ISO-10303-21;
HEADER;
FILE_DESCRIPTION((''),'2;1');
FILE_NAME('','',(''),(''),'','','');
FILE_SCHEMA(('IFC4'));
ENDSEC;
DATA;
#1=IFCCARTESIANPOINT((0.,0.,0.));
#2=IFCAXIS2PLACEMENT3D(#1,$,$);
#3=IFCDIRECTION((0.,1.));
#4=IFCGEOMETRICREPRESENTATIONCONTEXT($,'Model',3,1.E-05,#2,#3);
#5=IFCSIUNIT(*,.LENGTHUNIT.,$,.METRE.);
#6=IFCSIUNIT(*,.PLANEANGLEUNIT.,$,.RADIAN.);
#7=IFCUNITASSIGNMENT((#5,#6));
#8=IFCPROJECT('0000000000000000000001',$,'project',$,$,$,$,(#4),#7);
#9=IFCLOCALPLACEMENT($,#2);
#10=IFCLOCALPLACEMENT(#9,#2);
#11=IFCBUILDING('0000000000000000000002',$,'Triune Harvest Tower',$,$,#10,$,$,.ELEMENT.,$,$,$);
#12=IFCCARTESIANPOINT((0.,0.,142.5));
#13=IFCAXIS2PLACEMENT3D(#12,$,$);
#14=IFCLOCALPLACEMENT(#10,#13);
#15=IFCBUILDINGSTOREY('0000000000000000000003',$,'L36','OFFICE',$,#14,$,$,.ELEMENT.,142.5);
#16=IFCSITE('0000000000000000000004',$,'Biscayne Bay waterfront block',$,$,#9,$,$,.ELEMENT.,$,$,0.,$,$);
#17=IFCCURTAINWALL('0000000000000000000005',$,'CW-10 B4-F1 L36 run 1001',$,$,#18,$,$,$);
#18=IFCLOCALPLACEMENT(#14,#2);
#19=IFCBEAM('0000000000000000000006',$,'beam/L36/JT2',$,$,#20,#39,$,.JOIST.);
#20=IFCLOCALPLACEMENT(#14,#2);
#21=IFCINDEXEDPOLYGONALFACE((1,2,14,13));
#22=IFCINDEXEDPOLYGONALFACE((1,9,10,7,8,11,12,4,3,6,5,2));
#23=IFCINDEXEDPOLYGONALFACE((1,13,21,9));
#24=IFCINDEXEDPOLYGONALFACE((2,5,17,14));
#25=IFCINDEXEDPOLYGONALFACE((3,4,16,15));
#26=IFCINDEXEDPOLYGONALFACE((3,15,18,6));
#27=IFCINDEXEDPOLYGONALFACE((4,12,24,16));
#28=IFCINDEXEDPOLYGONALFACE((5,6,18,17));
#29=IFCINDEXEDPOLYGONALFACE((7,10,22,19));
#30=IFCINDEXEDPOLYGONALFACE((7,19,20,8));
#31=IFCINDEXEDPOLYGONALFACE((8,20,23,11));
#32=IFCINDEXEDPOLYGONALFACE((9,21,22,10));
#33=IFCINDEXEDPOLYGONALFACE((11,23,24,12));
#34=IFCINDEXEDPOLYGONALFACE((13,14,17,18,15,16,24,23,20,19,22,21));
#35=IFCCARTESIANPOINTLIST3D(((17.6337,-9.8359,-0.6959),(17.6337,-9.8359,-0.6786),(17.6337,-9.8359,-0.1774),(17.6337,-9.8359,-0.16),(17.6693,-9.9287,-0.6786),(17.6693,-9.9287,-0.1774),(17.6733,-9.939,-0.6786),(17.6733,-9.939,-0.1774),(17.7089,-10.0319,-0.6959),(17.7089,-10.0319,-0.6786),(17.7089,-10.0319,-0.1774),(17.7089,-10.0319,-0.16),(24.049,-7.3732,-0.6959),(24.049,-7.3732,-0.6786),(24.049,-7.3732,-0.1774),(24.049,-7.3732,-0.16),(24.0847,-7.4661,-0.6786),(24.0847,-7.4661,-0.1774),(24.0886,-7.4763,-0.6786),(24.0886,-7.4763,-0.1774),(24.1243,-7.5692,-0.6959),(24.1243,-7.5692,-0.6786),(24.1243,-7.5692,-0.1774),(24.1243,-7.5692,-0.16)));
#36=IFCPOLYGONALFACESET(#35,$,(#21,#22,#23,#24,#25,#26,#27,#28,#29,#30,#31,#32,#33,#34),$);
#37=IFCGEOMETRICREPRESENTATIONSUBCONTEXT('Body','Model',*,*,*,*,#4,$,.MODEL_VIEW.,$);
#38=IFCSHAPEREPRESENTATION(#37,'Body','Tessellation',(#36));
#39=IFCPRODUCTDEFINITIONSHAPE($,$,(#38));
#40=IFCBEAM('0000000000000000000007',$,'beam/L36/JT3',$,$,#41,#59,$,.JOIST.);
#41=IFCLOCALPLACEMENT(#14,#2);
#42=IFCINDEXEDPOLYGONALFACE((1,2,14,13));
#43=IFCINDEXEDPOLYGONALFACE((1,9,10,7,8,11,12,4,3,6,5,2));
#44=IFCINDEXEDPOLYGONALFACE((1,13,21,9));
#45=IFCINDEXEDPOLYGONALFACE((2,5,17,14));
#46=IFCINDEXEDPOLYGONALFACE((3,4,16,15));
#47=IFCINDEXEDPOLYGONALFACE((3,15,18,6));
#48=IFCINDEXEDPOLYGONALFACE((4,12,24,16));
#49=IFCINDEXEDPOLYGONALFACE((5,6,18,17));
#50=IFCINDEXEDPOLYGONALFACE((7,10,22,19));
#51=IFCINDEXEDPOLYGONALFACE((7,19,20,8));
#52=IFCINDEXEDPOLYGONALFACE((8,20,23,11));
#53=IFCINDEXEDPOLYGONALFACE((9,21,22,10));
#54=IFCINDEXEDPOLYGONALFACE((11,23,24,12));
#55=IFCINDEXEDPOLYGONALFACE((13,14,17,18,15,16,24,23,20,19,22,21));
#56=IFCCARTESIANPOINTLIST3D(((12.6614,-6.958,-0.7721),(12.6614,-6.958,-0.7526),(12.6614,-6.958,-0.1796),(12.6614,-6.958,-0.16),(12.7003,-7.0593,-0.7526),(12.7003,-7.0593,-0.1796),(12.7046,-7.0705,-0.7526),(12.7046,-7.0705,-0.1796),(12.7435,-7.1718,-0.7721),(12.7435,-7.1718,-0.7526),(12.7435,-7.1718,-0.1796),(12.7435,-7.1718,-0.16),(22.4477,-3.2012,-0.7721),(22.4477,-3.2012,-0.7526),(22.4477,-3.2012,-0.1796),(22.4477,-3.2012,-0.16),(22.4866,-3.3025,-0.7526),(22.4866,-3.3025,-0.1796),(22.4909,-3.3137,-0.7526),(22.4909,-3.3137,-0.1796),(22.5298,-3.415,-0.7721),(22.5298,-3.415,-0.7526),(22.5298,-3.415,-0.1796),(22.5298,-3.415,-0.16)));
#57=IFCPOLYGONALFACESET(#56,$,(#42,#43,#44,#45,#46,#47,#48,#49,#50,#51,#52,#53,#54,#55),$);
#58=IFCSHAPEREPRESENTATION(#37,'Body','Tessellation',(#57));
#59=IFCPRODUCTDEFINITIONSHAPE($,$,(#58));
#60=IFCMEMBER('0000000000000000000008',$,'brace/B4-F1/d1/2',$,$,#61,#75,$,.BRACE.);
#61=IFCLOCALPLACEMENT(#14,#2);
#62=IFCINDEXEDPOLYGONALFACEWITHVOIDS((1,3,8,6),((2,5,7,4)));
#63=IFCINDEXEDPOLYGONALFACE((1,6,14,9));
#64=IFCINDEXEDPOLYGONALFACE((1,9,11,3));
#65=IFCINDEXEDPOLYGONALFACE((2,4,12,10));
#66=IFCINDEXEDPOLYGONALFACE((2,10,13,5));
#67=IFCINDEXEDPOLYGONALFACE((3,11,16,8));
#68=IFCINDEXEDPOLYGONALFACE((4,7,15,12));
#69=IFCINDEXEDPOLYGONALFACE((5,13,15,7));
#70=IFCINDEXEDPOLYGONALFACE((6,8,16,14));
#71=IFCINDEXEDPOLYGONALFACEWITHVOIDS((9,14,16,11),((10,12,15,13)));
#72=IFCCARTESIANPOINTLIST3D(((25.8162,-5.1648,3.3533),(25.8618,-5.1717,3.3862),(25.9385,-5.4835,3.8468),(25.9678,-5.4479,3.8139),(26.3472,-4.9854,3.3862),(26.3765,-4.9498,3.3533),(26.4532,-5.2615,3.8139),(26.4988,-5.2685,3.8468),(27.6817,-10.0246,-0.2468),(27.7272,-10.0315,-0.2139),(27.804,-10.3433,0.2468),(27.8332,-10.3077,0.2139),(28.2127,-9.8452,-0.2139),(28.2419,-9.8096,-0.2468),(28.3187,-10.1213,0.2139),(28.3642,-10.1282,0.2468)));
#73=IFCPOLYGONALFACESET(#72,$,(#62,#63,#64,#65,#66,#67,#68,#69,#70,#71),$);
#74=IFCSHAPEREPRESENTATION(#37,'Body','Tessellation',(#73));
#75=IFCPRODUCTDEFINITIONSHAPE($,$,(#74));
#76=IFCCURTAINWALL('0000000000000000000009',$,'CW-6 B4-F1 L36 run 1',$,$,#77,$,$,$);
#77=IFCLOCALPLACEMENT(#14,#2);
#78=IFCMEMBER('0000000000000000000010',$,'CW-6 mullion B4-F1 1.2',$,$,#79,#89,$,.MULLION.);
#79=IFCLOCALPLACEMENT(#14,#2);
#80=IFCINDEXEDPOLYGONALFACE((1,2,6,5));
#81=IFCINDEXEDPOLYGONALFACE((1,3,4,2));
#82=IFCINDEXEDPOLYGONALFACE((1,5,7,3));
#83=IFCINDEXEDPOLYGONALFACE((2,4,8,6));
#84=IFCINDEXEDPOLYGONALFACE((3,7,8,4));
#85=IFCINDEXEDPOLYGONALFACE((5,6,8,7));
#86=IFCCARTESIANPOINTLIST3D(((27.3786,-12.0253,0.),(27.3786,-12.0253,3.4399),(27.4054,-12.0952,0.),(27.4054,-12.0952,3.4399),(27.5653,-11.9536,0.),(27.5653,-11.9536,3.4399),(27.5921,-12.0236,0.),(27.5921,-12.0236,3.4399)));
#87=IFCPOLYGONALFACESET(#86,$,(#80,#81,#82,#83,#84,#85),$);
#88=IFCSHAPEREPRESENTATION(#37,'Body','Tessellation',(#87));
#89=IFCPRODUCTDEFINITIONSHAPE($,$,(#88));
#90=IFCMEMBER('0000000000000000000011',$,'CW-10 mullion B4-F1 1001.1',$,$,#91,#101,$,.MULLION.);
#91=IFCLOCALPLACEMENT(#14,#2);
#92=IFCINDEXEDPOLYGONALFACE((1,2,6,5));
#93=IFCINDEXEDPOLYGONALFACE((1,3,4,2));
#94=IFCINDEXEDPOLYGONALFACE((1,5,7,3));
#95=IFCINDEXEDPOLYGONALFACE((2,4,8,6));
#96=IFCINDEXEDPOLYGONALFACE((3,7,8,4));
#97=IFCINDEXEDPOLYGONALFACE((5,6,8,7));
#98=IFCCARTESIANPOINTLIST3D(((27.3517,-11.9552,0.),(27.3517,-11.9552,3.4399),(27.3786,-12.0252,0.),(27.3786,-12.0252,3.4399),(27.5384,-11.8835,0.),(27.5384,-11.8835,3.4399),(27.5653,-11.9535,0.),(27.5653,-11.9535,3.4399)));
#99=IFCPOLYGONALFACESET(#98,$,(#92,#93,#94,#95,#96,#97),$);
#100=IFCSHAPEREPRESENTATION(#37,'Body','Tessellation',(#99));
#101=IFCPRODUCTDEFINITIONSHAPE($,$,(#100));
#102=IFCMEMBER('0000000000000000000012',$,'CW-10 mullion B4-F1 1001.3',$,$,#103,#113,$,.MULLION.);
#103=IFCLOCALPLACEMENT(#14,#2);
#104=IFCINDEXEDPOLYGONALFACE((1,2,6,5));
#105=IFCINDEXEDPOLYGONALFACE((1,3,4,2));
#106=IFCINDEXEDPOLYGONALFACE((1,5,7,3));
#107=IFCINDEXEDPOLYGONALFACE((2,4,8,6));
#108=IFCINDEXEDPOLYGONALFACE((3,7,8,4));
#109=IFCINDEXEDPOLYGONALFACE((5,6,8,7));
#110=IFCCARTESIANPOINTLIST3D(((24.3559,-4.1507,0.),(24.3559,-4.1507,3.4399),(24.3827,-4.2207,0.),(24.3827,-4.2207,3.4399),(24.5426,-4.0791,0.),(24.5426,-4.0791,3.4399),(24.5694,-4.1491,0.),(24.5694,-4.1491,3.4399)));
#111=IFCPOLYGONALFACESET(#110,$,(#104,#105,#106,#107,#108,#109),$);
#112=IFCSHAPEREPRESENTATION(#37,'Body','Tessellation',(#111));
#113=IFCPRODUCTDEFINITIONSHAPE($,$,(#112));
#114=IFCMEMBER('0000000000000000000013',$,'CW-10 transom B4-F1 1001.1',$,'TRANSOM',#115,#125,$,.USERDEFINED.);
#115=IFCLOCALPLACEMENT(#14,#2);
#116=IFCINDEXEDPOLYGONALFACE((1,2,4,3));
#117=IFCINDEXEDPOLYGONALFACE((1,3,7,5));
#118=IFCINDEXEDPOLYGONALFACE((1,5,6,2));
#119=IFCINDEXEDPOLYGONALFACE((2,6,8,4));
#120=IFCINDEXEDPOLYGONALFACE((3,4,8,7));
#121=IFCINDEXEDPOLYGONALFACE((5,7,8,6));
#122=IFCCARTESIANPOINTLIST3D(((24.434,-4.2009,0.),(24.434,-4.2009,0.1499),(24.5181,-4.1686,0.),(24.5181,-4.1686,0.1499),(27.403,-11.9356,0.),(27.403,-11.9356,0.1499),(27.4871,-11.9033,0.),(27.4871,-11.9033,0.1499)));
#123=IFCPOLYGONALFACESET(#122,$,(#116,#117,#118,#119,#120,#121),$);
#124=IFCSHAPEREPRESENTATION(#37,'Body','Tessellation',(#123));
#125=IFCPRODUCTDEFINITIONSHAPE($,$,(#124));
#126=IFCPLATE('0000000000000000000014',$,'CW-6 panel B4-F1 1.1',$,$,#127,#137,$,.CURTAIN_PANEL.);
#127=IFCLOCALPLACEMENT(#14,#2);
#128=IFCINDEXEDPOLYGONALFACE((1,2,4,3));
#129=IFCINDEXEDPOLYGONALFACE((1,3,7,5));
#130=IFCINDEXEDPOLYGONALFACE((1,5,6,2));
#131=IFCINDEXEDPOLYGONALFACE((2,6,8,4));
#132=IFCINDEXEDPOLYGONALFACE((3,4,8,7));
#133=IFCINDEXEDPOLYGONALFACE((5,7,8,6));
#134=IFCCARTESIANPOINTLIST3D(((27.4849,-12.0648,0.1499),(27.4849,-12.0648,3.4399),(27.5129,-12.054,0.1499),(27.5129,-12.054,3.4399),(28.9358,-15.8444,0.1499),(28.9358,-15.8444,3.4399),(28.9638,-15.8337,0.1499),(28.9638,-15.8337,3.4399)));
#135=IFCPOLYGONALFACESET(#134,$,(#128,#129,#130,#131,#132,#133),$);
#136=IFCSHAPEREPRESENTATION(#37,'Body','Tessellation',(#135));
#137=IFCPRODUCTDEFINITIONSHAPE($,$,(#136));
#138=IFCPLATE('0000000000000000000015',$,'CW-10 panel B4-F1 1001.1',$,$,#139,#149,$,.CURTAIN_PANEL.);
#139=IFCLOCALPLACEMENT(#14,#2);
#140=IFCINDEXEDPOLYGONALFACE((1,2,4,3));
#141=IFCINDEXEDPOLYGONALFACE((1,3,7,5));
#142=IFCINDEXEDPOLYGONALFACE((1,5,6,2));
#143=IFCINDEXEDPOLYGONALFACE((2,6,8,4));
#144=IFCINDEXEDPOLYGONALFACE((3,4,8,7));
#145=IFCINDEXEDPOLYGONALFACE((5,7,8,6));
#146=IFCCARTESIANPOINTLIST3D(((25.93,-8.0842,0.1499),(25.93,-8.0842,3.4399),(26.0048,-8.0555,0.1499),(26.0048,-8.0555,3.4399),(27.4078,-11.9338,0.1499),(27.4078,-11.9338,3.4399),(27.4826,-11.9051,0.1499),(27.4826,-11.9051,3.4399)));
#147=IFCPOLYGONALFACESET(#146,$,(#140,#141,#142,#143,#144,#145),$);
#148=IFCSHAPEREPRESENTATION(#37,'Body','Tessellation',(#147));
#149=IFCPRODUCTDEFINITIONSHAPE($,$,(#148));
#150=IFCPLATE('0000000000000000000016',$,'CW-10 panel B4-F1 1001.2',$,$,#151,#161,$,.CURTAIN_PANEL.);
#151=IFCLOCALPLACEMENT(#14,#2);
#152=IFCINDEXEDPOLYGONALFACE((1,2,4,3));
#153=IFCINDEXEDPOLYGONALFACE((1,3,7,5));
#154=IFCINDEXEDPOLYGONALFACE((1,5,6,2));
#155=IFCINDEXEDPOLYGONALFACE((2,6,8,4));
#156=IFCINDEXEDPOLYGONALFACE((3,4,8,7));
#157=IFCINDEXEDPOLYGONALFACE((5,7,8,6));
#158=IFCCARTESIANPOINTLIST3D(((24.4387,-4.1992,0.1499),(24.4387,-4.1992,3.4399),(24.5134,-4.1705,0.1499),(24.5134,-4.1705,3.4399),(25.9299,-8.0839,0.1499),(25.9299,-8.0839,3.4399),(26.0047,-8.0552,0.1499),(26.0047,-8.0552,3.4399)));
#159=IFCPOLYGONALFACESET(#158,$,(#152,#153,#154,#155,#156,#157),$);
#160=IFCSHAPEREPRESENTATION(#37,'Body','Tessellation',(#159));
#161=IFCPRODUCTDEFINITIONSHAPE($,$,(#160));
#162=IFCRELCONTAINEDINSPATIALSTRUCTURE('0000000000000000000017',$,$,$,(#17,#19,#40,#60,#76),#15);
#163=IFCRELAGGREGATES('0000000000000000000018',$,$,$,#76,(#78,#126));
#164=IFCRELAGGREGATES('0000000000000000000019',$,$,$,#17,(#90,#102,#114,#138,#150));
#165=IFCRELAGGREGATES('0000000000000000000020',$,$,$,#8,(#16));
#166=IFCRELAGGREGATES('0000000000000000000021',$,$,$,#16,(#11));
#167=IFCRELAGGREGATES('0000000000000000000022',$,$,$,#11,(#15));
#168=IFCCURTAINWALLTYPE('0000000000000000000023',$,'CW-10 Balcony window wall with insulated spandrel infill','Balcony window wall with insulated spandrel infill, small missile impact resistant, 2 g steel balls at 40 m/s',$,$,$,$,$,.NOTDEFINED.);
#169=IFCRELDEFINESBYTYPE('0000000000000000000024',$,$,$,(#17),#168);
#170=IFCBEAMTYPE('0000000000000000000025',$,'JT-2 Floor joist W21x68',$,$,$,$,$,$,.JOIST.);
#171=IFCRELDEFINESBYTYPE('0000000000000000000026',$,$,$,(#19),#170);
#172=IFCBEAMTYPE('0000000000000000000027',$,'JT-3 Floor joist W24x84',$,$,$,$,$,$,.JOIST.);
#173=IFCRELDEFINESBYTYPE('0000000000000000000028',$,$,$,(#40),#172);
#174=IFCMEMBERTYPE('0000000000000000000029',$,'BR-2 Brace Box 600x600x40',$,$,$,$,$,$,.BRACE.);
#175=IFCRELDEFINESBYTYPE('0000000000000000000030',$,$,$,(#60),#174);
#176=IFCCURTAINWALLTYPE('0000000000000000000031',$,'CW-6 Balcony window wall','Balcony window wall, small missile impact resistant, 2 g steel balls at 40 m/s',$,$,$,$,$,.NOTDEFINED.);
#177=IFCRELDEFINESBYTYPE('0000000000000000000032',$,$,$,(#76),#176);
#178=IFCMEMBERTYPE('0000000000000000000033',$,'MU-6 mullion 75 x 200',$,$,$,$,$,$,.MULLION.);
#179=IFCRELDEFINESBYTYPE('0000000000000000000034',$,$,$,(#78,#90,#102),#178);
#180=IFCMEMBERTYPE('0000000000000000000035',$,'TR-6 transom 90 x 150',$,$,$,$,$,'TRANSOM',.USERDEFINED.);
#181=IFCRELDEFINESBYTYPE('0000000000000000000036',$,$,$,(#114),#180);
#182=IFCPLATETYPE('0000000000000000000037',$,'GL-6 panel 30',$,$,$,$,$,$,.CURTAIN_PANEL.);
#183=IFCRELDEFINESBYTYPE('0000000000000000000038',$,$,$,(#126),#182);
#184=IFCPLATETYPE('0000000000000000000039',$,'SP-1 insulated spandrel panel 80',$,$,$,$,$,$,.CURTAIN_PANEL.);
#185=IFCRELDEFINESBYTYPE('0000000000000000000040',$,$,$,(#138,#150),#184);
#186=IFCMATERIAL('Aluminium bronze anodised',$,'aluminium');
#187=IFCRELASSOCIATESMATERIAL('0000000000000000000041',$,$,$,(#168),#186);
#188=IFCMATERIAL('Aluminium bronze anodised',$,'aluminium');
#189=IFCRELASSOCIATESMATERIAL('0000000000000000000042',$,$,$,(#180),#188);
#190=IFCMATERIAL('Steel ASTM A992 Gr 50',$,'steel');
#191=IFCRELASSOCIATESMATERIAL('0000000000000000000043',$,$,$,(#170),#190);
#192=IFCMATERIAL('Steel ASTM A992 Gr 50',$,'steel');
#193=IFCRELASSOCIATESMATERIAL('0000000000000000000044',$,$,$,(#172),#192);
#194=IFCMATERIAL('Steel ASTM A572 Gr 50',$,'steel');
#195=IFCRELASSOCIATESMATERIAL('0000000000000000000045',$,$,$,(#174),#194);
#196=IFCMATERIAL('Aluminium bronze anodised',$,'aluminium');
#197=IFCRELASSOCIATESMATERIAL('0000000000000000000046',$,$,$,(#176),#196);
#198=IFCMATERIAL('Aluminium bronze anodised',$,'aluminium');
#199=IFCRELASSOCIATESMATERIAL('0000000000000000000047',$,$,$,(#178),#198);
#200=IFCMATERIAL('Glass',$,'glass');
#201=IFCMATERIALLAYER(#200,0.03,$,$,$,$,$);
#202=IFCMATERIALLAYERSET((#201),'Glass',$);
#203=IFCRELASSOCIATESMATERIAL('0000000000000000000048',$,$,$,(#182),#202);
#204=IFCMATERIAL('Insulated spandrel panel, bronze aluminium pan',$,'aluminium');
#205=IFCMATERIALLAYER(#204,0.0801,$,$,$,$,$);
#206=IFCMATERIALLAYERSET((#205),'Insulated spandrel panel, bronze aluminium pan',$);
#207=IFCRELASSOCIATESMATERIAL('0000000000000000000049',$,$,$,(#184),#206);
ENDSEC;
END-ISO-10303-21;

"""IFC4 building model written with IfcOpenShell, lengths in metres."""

from ifc_helpers import new_model, si_unit, direction, frame, origin, origin_2d, place, context, subcontext, project, spatial, rectangle, hollow_rectangle, i_section, extrude, source, transform, mapped, material, layer, layer_set, material_profile, profile_set, type_object, element, aggregate, save


model = new_model("IFC4")

# Units and contexts
model_context = context("Model", 3, precision=1e-05, world=origin(), true_north=direction((0.0, 1.0)))
body_context = subcontext(model_context, "Body", "Model", "MODEL_VIEW")
ifc_project = project(units=[si_unit("LENGTHUNIT", "METRE"), si_unit("PLANEANGLEUNIT", "RADIAN")], contexts=[model_context])

# Site, building, storey
site_placement = place(None, origin())
site = spatial("IfcSite", under=ifc_project, at=site_placement, Name="Biscayne Bay waterfront block", CompositionType="ELEMENT", RefElevation=0.0)
building_placement = place(site_placement, origin())
building = spatial("IfcBuilding", under=site, at=building_placement, Name="Triune Harvest Tower", CompositionType="ELEMENT")
storey_placement = place(building_placement, frame((0.0, 0.0, 142.5)))
storey = spatial("IfcBuildingStorey", under=building, at=storey_placement, Name="L36", Description="OFFICE", CompositionType="ELEMENT", Elevation=142.5)

# Curtain wall
ifc_material_1 = material(Name="Aluminium bronze anodised", Category="aluminium")
curtain_wall_type_1 = type_object("IfcCurtainWallType", Name="CW-10 Balcony window wall with insulated spandrel infill", Description="Balcony window wall with insulated spandrel infill, small missile impact resistant, 2 g steel balls at 40 m/s", PredefinedType="NOTDEFINED", material=ifc_material_1)
curtain_wall_1_placement = place(storey_placement, origin())
curtain_wall_1 = element("IfcCurtainWall", 1, at=curtain_wall_1_placement, inside=storey, type_object=curtain_wall_type_1, Name="CW-10 B4-F1 L36 run 1001")
ifc_material_2 = material(Name="Aluminium bronze anodised", Category="aluminium")
ifc_material_profile_1 = material_profile(ifc_material_2, rectangle(XDim=0.0901, YDim=0.1499, at=origin_2d()), Name="TR-6 transom 90 x 150")
ifc_profile_set_1 = profile_set([ifc_material_profile_1], Name="Aluminium bronze anodised")
member_type_1 = type_object("IfcMemberType", Name="TR-6 transom 90 x 150", ElementType="TRANSOM", PredefinedType="USERDEFINED", material=ifc_profile_set_1)

# Beams
ifc_material_3 = material(Name="Steel ASTM A992 Gr 50", Category="steel")
ifc_material_profile_2 = material_profile(ifc_material_3, i_section(OverallWidth=0.21, OverallDepth=0.5359, WebThickness=0.011, FlangeThickness=0.0173, at=origin_2d()), Name="W21x68")
ifc_profile_set_2 = profile_set([ifc_material_profile_2], Name="Steel ASTM A992 Gr 50")
beam_type_1 = type_object("IfcBeamType", Name="JT-2 Floor joist W21x68", PredefinedType="JOIST", material=ifc_profile_set_2)
shared_shape_1 = source(origin(), body_context, "Body", "SweptSolid", [
    extrude(i_section(OverallWidth=0.21, OverallDepth=0.5359, WebThickness=0.011, FlangeThickness=0.0173, at=origin_2d()), origin(), (0.0, 0.0, 1.0), 6.8718),
])
beam_1_placement = place(storey_placement, frame((24.0867, -7.4712, -0.428), z_axis=(-0.933578, -0.358374, 0.0), x_axis=(0.358374, -0.933578, 0.0)))
element("IfcBeam", 2, at=beam_1_placement, inside=storey, type_object=beam_type_1, Name="beam/L36/JT2", PredefinedType="JOIST", context=body_context, shape_type="MappedRepresentation", body=[
    mapped(shared_shape_1, transform((0.0, 0.0, 0.0), scale=1.0)),
])
ifc_material_4 = material(Name="Steel ASTM A992 Gr 50", Category="steel")
ifc_material_profile_3 = material_profile(ifc_material_4, i_section(OverallWidth=0.229, OverallDepth=0.6121, WebThickness=0.012, FlangeThickness=0.0195, at=origin_2d()), Name="W24x84")
ifc_profile_set_3 = profile_set([ifc_material_profile_3], Name="Steel ASTM A992 Gr 50")
beam_type_2 = type_object("IfcBeamType", Name="JT-3 Floor joist W24x84", PredefinedType="JOIST", material=ifc_profile_set_3)
shared_shape_2 = source(origin(), body_context, "Body", "SweptSolid", [
    extrude(i_section(OverallWidth=0.229, OverallDepth=0.6121, WebThickness=0.012, FlangeThickness=0.0195, at=origin_2d()), origin(), (0.0, 0.0, 1.0), 10.4827),
])
beam_2_placement = place(storey_placement, frame((22.4888, -3.3081, -0.4661), z_axis=(-0.933574, -0.358384, 0.0), x_axis=(0.358384, -0.933574, 0.0)))
element("IfcBeam", 3, at=beam_2_placement, inside=storey, type_object=beam_type_2, Name="beam/L36/JT3", PredefinedType="JOIST", context=body_context, shape_type="MappedRepresentation", body=[
    mapped(shared_shape_2, transform((0.0, 0.0, 0.0), scale=1.0)),
])

# Member
ifc_material_5 = material(Name="Steel ASTM A572 Gr 50", Category="steel")
ifc_material_profile_4 = material_profile(ifc_material_5, hollow_rectangle(XDim=0.6001, YDim=0.6001, WallThickness=0.04, at=origin_2d()), Name="Box 600x600x40")
ifc_profile_set_4 = profile_set([ifc_material_profile_4], Name="Steel ASTM A572 Gr 50")
member_type_2 = type_object("IfcMemberType", Name="BR-2 Brace Box 600x600x40", PredefinedType="BRACE", material=ifc_profile_set_4)
shared_shape_3 = source(origin(), body_context, "Body", "SweptSolid", [
    extrude(hollow_rectangle(XDim=0.6001, YDim=0.6001, WallThickness=0.04, at=origin_2d()), origin(), (0.0, 0.0, 1.0), 6.3291),
])
member_1_placement = place(storey_placement, frame((28.0229, -10.0764, 0.0), z_axis=(-0.294741, 0.767846, 0.568806), x_axis=(-0.933584, -0.35836, 0.0)))
element("IfcMember", 4, at=member_1_placement, inside=storey, type_object=member_type_2, Name="brace/B4-F1/d1/2", PredefinedType="BRACE", context=body_context, shape_type="MappedRepresentation", body=[
    mapped(shared_shape_3, transform((0.0, 0.0, 0.0), scale=1.0)),
])

# Curtain wall, member
ifc_material_6 = material(Name="Aluminium bronze anodised", Category="aluminium")
curtain_wall_type_2 = type_object("IfcCurtainWallType", Name="CW-6 Balcony window wall", Description="Balcony window wall, small missile impact resistant, 2 g steel balls at 40 m/s", PredefinedType="NOTDEFINED", material=ifc_material_6)
curtain_wall_2_placement = place(storey_placement, origin())
curtain_wall_2 = element("IfcCurtainWall", 5, at=curtain_wall_2_placement, inside=storey, type_object=curtain_wall_type_2, Name="CW-6 B4-F1 L36 run 1")
ifc_material_7 = material(Name="Aluminium bronze anodised", Category="aluminium")
ifc_material_profile_5 = material_profile(ifc_material_7, rectangle(XDim=0.2, YDim=0.075, at=origin_2d()), Name="MU-6 mullion 75 x 200")
ifc_profile_set_5 = profile_set([ifc_material_profile_5], Name="Aluminium bronze anodised")
member_type_3 = type_object("IfcMemberType", Name="MU-6 mullion 75 x 200", PredefinedType="MULLION", material=ifc_profile_set_5)
shared_shape_4 = source(origin(), body_context, "Body", "SweptSolid", [
    extrude(rectangle(XDim=0.2, YDim=0.075, at=origin_2d()), origin(), (0.0, 0.0, 1.0), 3.4399),
])
member_2_placement = place(storey_placement, frame((27.4854, -12.0244, 0.0), z_axis=(0.0, 0.0, 1.0), x_axis=(-0.933582, -0.358365, 0.0)))
member_2 = element("IfcMember", 6, at=member_2_placement, type_object=member_type_3, Name="CW-6 mullion B4-F1 1.2", PredefinedType="MULLION", context=body_context, shape_type="MappedRepresentation", body=[
    mapped(shared_shape_4, transform((0.0, 0.0, 0.0), scale=1.0)),
])

# Members
member_3_placement = place(storey_placement, frame((27.4585, -11.9543, 0.0), z_axis=(0.0, 0.0, 1.0), x_axis=(-0.933579, -0.358371, 0.0)))
member_3 = element("IfcMember", 7, at=member_3_placement, type_object=member_type_3, Name="CW-10 mullion B4-F1 1001.1", PredefinedType="MULLION", context=body_context, shape_type="MappedRepresentation", body=[
    mapped(shared_shape_4, transform((0.0, 0.0, 0.0), scale=1.0)),
])
member_4_placement = place(storey_placement, frame((24.4626, -4.1499, 0.0), z_axis=(0.0, 0.0, 1.0), x_axis=(-0.933579, -0.358371, 0.0)))
member_4 = element("IfcMember", 8, at=member_4_placement, type_object=member_type_3, Name="CW-10 mullion B4-F1 1001.3", PredefinedType="MULLION", context=body_context, shape_type="MappedRepresentation", body=[
    mapped(shared_shape_4, transform((0.0, 0.0, 0.0), scale=1.0)),
])
shared_shape_5 = source(origin(), body_context, "Body", "SweptSolid", [
    extrude(rectangle(XDim=0.0901, YDim=0.1499, at=origin_2d()), origin(), (0.0, 0.0, 1.0), 8.2849),
])
member_5_placement = place(storey_placement, frame((27.4451, -11.9194, 0.075), z_axis=(-0.358363, 0.933582, 0.0), x_axis=(-0.933582, -0.358363, 0.0)))
member_5 = element("IfcMember", 9, at=member_5_placement, type_object=member_type_1, Name="CW-10 transom B4-F1 1001.1", ObjectType="TRANSOM", PredefinedType="USERDEFINED", context=body_context, shape_type="MappedRepresentation", body=[
    mapped(shared_shape_5, transform((0.0, 0.0, 0.0), scale=1.0)),
])

# Plates
ifc_material_8 = material(Name="Glass", Category="glass")
ifc_layer_1 = layer(ifc_material_8, 0.03)
ifc_layer_set_1 = layer_set([ifc_layer_1], Name="Glass")
plate_type_1 = type_object("IfcPlateType", Name="GL-6 panel 30", PredefinedType="CURTAIN_PANEL", material=ifc_layer_set_1)
shared_shape_6 = source(origin(), body_context, "Body", "SweptSolid", [
    extrude(rectangle(XDim=4.0486, YDim=0.03, at=origin_2d()), origin(), (0.0, 0.0, 1.0), 3.29),
])
plate_1_placement = place(storey_placement, frame((28.2244, -13.9492, 0.1499), z_axis=(0.0, 0.0, 1.0), x_axis=(-0.358365, 0.933582, 0.0)))
plate_1 = element("IfcPlate", 10, at=plate_1_placement, type_object=plate_type_1, Name="CW-6 panel B4-F1 1.1", PredefinedType="CURTAIN_PANEL", context=body_context, shape_type="MappedRepresentation", body=[
    mapped(shared_shape_6, transform((0.0, 0.0, 0.0), scale=1.0)),
])
aggregate(curtain_wall_2, [member_2, plate_1])
ifc_material_9 = material(Name="Insulated spandrel panel, bronze aluminium pan", Category="aluminium")
ifc_layer_2 = layer(ifc_material_9, 0.0801)
ifc_layer_set_2 = layer_set([ifc_layer_2], Name="Insulated spandrel panel, bronze aluminium pan")
plate_type_2 = type_object("IfcPlateType", Name="SP-1 insulated spandrel panel 80", PredefinedType="CURTAIN_PANEL", material=ifc_layer_set_2)
shared_shape_7 = source(origin(), body_context, "Body", "SweptSolid", [
    extrude(rectangle(XDim=4.1235, YDim=0.0801, at=origin_2d()), origin(), (0.0, 0.0, 1.0), 3.29),
])
plate_2_placement = place(storey_placement, frame((26.7063, -9.9946, 0.1499), z_axis=(0.0, 0.0, 1.0), x_axis=(-0.358371, 0.933579, 0.0)))
plate_2 = element("IfcPlate", 11, at=plate_2_placement, type_object=plate_type_2, Name="CW-10 panel B4-F1 1001.1", PredefinedType="CURTAIN_PANEL", context=body_context, shape_type="MappedRepresentation", body=[
    mapped(shared_shape_7, transform((0.0, 0.0, 0.0), scale=1.0)),
])
shared_shape_8 = source(origin(), body_context, "Body", "SweptSolid", [
    extrude(rectangle(XDim=4.1611, YDim=0.0801, at=origin_2d()), origin(), (0.0, 0.0, 1.0), 3.29),
])
plate_3_placement = place(storey_placement, frame((25.2217, -6.1272, 0.1499), z_axis=(0.0, 0.0, 1.0), x_axis=(-0.358371, 0.933579, 0.0)))
plate_3 = element("IfcPlate", 12, at=plate_3_placement, type_object=plate_type_2, Name="CW-10 panel B4-F1 1001.2", PredefinedType="CURTAIN_PANEL", context=body_context, shape_type="MappedRepresentation", body=[
    mapped(shared_shape_8, transform((0.0, 0.0, 0.0), scale=1.0)),
])
aggregate(curtain_wall_1, [member_3, member_4, member_5, plate_2, plate_3])

save(model, "model.ifc")
